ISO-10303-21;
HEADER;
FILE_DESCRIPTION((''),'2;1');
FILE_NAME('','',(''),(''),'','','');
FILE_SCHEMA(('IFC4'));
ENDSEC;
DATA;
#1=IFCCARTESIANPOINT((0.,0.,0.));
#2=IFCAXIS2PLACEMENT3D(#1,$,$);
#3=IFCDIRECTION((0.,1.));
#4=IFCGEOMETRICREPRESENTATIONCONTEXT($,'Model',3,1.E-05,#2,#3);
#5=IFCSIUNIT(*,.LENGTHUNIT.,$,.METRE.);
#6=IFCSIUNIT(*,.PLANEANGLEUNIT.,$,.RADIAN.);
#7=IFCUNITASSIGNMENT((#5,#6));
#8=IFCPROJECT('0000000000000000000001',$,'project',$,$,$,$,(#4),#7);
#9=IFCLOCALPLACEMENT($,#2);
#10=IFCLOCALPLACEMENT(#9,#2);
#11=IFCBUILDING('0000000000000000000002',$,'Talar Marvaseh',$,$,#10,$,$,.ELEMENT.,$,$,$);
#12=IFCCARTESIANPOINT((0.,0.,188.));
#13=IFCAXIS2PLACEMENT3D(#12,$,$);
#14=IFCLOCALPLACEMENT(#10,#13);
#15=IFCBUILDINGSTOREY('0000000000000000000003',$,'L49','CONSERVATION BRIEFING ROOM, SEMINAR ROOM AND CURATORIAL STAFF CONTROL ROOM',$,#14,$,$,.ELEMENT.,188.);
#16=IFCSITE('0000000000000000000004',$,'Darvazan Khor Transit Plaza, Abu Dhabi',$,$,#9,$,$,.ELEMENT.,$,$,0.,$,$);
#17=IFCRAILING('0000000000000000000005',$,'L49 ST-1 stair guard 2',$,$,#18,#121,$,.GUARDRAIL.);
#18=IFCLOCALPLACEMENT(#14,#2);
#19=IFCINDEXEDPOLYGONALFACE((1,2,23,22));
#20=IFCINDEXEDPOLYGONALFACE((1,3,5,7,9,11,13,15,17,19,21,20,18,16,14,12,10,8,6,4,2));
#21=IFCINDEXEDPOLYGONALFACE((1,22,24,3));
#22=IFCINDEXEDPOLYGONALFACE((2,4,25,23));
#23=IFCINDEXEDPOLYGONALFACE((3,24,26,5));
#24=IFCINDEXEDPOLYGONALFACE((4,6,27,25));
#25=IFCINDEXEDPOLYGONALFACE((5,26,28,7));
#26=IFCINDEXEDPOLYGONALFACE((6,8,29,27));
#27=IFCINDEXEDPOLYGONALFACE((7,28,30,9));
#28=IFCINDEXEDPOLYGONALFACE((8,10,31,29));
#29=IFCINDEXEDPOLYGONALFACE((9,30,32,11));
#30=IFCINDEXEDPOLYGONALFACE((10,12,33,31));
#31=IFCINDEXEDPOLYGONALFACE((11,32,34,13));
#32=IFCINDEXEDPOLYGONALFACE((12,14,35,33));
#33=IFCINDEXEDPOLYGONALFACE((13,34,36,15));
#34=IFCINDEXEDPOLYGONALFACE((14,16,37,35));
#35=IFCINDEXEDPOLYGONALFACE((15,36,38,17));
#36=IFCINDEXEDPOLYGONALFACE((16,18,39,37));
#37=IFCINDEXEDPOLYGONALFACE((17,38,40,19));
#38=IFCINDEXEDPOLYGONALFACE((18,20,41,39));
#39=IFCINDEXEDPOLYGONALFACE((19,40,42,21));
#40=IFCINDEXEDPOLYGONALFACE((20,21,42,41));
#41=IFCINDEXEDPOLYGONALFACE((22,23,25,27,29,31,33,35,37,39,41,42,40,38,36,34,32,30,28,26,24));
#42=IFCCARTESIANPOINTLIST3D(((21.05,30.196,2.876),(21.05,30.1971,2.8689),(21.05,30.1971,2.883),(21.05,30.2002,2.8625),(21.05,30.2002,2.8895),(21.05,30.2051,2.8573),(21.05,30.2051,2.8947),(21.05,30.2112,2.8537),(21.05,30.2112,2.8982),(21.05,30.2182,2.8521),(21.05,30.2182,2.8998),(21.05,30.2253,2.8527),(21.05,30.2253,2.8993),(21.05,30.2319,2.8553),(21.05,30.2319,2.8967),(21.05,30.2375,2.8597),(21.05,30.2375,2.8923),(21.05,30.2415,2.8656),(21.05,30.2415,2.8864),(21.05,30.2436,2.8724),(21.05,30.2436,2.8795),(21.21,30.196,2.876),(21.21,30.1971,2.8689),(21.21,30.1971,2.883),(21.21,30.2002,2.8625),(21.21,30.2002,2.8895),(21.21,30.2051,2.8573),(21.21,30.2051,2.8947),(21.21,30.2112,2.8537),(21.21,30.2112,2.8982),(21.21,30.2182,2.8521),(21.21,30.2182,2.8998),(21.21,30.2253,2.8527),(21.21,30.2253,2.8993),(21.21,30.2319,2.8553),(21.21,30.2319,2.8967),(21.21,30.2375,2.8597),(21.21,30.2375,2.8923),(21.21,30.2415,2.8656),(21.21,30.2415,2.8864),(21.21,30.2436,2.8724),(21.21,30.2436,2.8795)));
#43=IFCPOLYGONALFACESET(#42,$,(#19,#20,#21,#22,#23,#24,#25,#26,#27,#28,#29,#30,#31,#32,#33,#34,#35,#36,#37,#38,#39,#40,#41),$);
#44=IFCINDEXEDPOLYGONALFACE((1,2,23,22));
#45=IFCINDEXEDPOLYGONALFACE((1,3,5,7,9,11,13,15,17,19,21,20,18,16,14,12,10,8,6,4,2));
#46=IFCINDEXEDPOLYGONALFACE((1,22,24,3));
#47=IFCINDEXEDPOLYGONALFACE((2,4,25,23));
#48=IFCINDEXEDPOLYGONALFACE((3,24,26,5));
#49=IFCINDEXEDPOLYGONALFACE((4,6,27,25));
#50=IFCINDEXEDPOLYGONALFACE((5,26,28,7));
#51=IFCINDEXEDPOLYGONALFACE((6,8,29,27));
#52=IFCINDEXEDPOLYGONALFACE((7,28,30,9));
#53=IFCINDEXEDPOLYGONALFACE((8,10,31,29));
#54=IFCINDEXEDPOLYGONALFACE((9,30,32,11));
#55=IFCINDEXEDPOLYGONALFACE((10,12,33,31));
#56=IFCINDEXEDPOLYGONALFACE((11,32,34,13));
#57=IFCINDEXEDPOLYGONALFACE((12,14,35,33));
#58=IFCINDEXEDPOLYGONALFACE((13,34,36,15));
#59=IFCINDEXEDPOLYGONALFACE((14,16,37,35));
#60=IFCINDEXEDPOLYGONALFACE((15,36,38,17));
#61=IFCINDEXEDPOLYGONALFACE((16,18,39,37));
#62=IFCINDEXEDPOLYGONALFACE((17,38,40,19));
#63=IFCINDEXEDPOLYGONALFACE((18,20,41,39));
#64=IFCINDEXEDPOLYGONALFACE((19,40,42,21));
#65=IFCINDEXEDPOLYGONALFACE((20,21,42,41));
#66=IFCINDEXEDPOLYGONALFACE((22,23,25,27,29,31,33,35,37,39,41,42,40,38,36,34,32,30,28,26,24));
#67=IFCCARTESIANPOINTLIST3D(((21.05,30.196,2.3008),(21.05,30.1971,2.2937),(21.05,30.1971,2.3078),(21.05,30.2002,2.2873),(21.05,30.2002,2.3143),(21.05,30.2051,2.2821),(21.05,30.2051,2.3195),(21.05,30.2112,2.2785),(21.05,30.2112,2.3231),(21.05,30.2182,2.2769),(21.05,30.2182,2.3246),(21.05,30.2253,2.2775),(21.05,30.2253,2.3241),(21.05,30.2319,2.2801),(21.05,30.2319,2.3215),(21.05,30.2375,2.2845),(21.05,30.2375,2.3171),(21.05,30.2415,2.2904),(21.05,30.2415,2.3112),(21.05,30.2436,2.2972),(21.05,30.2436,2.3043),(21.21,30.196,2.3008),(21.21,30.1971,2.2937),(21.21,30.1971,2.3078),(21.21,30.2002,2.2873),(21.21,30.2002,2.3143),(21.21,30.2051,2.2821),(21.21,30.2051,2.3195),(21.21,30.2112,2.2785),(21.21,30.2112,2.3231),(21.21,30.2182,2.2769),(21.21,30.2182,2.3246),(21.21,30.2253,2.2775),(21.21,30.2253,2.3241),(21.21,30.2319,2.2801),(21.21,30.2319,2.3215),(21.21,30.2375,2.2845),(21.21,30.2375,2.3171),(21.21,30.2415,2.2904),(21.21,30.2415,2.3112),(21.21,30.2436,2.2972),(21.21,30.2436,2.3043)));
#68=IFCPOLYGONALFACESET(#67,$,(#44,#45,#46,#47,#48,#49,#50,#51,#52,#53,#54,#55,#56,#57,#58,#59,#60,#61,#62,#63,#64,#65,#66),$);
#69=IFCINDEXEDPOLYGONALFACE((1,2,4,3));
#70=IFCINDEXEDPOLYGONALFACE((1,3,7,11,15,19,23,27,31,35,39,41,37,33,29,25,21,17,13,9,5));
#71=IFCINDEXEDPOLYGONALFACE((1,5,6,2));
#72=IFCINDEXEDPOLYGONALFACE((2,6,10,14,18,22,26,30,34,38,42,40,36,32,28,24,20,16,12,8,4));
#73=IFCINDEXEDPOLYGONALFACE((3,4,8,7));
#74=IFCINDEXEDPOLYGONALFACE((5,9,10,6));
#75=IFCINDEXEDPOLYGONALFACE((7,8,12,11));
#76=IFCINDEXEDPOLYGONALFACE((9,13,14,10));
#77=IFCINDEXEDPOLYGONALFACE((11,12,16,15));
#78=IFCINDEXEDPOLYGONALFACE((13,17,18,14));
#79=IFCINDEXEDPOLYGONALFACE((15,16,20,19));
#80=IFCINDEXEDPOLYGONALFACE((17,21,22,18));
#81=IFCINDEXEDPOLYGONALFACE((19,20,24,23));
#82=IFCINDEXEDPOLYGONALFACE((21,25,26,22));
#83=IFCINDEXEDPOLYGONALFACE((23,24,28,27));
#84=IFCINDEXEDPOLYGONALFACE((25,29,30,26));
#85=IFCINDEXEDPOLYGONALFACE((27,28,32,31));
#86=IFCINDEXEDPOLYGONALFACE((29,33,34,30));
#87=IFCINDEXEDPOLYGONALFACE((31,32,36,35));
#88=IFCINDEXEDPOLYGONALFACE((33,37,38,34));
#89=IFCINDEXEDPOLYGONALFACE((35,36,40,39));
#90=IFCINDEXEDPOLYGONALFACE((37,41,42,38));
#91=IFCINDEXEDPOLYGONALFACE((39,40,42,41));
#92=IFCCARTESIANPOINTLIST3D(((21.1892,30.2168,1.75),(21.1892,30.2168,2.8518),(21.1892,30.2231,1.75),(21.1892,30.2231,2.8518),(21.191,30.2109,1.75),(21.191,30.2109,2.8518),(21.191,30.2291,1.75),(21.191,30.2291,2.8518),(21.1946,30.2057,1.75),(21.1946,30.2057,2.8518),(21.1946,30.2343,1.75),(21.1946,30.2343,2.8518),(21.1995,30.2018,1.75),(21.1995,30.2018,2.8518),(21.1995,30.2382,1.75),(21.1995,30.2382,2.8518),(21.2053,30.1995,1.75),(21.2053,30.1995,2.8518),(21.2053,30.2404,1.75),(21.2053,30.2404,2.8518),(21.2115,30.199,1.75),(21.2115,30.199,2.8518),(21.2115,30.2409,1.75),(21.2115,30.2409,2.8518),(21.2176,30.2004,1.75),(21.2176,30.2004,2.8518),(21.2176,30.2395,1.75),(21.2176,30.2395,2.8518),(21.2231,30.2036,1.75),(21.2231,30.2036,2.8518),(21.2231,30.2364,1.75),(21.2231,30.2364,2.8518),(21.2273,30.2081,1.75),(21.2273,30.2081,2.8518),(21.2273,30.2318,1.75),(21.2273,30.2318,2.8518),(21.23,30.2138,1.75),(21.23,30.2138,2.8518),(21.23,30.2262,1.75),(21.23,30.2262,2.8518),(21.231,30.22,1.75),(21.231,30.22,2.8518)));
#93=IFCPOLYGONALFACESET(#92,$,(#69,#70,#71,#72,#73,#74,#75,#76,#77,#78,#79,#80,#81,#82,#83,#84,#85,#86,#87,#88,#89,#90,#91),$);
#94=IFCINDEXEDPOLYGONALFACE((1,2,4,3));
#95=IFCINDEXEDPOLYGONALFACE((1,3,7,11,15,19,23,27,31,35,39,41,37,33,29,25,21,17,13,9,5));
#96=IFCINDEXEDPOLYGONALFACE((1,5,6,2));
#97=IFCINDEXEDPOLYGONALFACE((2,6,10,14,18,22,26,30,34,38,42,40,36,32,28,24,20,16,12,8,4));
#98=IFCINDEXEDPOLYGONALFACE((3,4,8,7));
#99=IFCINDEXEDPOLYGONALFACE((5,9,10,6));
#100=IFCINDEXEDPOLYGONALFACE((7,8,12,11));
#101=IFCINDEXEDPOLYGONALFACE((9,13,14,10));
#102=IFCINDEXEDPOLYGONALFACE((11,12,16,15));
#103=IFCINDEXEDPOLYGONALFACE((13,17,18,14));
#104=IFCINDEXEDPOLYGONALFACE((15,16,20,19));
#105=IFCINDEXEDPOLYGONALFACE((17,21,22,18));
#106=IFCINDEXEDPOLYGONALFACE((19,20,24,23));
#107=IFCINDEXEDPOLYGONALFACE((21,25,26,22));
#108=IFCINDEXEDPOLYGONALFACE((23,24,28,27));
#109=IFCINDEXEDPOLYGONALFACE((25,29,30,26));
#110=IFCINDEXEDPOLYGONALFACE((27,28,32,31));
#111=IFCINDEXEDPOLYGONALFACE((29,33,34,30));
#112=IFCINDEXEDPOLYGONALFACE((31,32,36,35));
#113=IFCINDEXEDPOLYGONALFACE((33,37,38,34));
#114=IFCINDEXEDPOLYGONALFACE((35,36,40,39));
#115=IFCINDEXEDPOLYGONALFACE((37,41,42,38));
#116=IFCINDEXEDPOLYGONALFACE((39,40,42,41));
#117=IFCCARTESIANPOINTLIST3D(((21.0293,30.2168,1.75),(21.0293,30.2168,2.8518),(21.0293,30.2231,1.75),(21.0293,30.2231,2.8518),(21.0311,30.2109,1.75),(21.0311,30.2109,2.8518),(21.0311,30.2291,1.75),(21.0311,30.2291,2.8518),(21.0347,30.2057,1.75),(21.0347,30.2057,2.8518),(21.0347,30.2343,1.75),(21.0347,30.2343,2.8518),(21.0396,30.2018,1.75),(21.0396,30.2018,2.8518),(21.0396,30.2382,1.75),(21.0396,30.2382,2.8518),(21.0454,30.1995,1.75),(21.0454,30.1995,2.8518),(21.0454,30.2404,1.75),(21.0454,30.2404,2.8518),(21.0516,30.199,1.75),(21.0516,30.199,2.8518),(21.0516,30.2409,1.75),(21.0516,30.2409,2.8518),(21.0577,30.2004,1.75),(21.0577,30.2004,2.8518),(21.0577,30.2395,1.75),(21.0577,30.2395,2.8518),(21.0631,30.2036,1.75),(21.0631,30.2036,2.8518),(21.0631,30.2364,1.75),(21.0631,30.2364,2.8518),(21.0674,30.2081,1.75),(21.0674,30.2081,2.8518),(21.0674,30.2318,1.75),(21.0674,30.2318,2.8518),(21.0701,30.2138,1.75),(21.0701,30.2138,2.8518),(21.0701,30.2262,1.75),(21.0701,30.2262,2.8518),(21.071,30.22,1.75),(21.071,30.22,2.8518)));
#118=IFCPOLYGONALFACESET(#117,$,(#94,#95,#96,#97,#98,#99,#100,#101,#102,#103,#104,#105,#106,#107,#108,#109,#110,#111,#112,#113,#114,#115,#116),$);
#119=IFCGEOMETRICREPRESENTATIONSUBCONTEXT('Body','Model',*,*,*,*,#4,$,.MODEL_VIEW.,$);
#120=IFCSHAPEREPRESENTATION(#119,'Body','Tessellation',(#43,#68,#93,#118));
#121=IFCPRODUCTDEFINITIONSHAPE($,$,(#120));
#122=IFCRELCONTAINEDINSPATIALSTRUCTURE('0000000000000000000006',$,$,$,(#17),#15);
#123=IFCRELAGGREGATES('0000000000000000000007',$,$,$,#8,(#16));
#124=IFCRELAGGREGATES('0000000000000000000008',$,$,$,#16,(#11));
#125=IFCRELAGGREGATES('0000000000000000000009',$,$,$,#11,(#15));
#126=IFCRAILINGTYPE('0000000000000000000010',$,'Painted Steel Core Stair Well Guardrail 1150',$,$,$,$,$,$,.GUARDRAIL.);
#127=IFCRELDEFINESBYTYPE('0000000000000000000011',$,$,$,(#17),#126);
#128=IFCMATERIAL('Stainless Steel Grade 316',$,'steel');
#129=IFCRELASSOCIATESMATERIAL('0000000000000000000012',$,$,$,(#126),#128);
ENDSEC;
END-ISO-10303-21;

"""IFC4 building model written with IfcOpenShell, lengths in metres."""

from ifc_helpers import new_model, si_unit, direction, frame, origin, origin_2d, place, context, subcontext, project, spatial, circle, extrude, material, type_object, element, save


model = new_model("IFC4")

# Units and contexts
model_context = context("Model", 3, precision=1e-05, world=origin(), true_north=direction((0.0, 1.0)))
body_context = subcontext(model_context, "Body", "Model", "MODEL_VIEW")
ifc_project = project(units=[si_unit("LENGTHUNIT", "METRE"), si_unit("PLANEANGLEUNIT", "RADIAN")], contexts=[model_context])

# Site, building, storey
site_placement = place(None, origin())
site = spatial("IfcSite", under=ifc_project, at=site_placement, Name="Darvazan Khor Transit Plaza, Abu Dhabi", CompositionType="ELEMENT", RefElevation=0.0)
building_placement = place(site_placement, origin())
building = spatial("IfcBuilding", under=site, at=building_placement, Name="Talar Marvaseh", CompositionType="ELEMENT")
storey_placement = place(building_placement, frame((0.0, 0.0, 188.0)))
storey = spatial("IfcBuildingStorey", under=building, at=storey_placement, Name="L49", Description="CONSERVATION BRIEFING ROOM, SEMINAR ROOM AND CURATORIAL STAFF CONTROL ROOM", CompositionType="ELEMENT", Elevation=188.0)

# Railing
ifc_material_1 = material(Name="Stainless Steel Grade 316", Category="steel")
railing_type_1 = type_object("IfcRailingType", Name="Painted Steel Core Stair Well Guardrail 1150", PredefinedType="GUARDRAIL", material=ifc_material_1)
railing_1_placement = place(storey_placement, frame((21.21, 30.22, 1.75)))
element("IfcRailing", 1, at=railing_1_placement, inside=storey, type_object=railing_type_1, Name="L49 ST-1 stair guard 2", PredefinedType="GUARDRAIL", context=body_context, shape_type="SweptSolid", body=[
    extrude(circle(Radius=0.0239, at=origin_2d()), frame((0.0, 0.0, 1.126), z_axis=(-1.0, 0.0, 0.0), x_axis=(0.0, -1.0, 0.0)), (0.0, 0.0, 1.0), 0.1599),
    extrude(circle(Radius=0.0239, at=origin_2d()), frame((0.0, 0.0, 0.5508), z_axis=(-1.0, 0.0, 0.0), x_axis=(0.0, -1.0, 0.0)), (0.0, 0.0, 1.0), 0.1599),
    extrude(circle(Radius=0.021, at=origin_2d()), origin(), (0.0, 0.0, 1.0), 1.1018),
    extrude(circle(Radius=0.021, at=origin_2d()), frame((-0.1599, 0.0, 0.0)), (0.0, 0.0, 1.0), 1.1018),
])

save(model, "model.ifc")
